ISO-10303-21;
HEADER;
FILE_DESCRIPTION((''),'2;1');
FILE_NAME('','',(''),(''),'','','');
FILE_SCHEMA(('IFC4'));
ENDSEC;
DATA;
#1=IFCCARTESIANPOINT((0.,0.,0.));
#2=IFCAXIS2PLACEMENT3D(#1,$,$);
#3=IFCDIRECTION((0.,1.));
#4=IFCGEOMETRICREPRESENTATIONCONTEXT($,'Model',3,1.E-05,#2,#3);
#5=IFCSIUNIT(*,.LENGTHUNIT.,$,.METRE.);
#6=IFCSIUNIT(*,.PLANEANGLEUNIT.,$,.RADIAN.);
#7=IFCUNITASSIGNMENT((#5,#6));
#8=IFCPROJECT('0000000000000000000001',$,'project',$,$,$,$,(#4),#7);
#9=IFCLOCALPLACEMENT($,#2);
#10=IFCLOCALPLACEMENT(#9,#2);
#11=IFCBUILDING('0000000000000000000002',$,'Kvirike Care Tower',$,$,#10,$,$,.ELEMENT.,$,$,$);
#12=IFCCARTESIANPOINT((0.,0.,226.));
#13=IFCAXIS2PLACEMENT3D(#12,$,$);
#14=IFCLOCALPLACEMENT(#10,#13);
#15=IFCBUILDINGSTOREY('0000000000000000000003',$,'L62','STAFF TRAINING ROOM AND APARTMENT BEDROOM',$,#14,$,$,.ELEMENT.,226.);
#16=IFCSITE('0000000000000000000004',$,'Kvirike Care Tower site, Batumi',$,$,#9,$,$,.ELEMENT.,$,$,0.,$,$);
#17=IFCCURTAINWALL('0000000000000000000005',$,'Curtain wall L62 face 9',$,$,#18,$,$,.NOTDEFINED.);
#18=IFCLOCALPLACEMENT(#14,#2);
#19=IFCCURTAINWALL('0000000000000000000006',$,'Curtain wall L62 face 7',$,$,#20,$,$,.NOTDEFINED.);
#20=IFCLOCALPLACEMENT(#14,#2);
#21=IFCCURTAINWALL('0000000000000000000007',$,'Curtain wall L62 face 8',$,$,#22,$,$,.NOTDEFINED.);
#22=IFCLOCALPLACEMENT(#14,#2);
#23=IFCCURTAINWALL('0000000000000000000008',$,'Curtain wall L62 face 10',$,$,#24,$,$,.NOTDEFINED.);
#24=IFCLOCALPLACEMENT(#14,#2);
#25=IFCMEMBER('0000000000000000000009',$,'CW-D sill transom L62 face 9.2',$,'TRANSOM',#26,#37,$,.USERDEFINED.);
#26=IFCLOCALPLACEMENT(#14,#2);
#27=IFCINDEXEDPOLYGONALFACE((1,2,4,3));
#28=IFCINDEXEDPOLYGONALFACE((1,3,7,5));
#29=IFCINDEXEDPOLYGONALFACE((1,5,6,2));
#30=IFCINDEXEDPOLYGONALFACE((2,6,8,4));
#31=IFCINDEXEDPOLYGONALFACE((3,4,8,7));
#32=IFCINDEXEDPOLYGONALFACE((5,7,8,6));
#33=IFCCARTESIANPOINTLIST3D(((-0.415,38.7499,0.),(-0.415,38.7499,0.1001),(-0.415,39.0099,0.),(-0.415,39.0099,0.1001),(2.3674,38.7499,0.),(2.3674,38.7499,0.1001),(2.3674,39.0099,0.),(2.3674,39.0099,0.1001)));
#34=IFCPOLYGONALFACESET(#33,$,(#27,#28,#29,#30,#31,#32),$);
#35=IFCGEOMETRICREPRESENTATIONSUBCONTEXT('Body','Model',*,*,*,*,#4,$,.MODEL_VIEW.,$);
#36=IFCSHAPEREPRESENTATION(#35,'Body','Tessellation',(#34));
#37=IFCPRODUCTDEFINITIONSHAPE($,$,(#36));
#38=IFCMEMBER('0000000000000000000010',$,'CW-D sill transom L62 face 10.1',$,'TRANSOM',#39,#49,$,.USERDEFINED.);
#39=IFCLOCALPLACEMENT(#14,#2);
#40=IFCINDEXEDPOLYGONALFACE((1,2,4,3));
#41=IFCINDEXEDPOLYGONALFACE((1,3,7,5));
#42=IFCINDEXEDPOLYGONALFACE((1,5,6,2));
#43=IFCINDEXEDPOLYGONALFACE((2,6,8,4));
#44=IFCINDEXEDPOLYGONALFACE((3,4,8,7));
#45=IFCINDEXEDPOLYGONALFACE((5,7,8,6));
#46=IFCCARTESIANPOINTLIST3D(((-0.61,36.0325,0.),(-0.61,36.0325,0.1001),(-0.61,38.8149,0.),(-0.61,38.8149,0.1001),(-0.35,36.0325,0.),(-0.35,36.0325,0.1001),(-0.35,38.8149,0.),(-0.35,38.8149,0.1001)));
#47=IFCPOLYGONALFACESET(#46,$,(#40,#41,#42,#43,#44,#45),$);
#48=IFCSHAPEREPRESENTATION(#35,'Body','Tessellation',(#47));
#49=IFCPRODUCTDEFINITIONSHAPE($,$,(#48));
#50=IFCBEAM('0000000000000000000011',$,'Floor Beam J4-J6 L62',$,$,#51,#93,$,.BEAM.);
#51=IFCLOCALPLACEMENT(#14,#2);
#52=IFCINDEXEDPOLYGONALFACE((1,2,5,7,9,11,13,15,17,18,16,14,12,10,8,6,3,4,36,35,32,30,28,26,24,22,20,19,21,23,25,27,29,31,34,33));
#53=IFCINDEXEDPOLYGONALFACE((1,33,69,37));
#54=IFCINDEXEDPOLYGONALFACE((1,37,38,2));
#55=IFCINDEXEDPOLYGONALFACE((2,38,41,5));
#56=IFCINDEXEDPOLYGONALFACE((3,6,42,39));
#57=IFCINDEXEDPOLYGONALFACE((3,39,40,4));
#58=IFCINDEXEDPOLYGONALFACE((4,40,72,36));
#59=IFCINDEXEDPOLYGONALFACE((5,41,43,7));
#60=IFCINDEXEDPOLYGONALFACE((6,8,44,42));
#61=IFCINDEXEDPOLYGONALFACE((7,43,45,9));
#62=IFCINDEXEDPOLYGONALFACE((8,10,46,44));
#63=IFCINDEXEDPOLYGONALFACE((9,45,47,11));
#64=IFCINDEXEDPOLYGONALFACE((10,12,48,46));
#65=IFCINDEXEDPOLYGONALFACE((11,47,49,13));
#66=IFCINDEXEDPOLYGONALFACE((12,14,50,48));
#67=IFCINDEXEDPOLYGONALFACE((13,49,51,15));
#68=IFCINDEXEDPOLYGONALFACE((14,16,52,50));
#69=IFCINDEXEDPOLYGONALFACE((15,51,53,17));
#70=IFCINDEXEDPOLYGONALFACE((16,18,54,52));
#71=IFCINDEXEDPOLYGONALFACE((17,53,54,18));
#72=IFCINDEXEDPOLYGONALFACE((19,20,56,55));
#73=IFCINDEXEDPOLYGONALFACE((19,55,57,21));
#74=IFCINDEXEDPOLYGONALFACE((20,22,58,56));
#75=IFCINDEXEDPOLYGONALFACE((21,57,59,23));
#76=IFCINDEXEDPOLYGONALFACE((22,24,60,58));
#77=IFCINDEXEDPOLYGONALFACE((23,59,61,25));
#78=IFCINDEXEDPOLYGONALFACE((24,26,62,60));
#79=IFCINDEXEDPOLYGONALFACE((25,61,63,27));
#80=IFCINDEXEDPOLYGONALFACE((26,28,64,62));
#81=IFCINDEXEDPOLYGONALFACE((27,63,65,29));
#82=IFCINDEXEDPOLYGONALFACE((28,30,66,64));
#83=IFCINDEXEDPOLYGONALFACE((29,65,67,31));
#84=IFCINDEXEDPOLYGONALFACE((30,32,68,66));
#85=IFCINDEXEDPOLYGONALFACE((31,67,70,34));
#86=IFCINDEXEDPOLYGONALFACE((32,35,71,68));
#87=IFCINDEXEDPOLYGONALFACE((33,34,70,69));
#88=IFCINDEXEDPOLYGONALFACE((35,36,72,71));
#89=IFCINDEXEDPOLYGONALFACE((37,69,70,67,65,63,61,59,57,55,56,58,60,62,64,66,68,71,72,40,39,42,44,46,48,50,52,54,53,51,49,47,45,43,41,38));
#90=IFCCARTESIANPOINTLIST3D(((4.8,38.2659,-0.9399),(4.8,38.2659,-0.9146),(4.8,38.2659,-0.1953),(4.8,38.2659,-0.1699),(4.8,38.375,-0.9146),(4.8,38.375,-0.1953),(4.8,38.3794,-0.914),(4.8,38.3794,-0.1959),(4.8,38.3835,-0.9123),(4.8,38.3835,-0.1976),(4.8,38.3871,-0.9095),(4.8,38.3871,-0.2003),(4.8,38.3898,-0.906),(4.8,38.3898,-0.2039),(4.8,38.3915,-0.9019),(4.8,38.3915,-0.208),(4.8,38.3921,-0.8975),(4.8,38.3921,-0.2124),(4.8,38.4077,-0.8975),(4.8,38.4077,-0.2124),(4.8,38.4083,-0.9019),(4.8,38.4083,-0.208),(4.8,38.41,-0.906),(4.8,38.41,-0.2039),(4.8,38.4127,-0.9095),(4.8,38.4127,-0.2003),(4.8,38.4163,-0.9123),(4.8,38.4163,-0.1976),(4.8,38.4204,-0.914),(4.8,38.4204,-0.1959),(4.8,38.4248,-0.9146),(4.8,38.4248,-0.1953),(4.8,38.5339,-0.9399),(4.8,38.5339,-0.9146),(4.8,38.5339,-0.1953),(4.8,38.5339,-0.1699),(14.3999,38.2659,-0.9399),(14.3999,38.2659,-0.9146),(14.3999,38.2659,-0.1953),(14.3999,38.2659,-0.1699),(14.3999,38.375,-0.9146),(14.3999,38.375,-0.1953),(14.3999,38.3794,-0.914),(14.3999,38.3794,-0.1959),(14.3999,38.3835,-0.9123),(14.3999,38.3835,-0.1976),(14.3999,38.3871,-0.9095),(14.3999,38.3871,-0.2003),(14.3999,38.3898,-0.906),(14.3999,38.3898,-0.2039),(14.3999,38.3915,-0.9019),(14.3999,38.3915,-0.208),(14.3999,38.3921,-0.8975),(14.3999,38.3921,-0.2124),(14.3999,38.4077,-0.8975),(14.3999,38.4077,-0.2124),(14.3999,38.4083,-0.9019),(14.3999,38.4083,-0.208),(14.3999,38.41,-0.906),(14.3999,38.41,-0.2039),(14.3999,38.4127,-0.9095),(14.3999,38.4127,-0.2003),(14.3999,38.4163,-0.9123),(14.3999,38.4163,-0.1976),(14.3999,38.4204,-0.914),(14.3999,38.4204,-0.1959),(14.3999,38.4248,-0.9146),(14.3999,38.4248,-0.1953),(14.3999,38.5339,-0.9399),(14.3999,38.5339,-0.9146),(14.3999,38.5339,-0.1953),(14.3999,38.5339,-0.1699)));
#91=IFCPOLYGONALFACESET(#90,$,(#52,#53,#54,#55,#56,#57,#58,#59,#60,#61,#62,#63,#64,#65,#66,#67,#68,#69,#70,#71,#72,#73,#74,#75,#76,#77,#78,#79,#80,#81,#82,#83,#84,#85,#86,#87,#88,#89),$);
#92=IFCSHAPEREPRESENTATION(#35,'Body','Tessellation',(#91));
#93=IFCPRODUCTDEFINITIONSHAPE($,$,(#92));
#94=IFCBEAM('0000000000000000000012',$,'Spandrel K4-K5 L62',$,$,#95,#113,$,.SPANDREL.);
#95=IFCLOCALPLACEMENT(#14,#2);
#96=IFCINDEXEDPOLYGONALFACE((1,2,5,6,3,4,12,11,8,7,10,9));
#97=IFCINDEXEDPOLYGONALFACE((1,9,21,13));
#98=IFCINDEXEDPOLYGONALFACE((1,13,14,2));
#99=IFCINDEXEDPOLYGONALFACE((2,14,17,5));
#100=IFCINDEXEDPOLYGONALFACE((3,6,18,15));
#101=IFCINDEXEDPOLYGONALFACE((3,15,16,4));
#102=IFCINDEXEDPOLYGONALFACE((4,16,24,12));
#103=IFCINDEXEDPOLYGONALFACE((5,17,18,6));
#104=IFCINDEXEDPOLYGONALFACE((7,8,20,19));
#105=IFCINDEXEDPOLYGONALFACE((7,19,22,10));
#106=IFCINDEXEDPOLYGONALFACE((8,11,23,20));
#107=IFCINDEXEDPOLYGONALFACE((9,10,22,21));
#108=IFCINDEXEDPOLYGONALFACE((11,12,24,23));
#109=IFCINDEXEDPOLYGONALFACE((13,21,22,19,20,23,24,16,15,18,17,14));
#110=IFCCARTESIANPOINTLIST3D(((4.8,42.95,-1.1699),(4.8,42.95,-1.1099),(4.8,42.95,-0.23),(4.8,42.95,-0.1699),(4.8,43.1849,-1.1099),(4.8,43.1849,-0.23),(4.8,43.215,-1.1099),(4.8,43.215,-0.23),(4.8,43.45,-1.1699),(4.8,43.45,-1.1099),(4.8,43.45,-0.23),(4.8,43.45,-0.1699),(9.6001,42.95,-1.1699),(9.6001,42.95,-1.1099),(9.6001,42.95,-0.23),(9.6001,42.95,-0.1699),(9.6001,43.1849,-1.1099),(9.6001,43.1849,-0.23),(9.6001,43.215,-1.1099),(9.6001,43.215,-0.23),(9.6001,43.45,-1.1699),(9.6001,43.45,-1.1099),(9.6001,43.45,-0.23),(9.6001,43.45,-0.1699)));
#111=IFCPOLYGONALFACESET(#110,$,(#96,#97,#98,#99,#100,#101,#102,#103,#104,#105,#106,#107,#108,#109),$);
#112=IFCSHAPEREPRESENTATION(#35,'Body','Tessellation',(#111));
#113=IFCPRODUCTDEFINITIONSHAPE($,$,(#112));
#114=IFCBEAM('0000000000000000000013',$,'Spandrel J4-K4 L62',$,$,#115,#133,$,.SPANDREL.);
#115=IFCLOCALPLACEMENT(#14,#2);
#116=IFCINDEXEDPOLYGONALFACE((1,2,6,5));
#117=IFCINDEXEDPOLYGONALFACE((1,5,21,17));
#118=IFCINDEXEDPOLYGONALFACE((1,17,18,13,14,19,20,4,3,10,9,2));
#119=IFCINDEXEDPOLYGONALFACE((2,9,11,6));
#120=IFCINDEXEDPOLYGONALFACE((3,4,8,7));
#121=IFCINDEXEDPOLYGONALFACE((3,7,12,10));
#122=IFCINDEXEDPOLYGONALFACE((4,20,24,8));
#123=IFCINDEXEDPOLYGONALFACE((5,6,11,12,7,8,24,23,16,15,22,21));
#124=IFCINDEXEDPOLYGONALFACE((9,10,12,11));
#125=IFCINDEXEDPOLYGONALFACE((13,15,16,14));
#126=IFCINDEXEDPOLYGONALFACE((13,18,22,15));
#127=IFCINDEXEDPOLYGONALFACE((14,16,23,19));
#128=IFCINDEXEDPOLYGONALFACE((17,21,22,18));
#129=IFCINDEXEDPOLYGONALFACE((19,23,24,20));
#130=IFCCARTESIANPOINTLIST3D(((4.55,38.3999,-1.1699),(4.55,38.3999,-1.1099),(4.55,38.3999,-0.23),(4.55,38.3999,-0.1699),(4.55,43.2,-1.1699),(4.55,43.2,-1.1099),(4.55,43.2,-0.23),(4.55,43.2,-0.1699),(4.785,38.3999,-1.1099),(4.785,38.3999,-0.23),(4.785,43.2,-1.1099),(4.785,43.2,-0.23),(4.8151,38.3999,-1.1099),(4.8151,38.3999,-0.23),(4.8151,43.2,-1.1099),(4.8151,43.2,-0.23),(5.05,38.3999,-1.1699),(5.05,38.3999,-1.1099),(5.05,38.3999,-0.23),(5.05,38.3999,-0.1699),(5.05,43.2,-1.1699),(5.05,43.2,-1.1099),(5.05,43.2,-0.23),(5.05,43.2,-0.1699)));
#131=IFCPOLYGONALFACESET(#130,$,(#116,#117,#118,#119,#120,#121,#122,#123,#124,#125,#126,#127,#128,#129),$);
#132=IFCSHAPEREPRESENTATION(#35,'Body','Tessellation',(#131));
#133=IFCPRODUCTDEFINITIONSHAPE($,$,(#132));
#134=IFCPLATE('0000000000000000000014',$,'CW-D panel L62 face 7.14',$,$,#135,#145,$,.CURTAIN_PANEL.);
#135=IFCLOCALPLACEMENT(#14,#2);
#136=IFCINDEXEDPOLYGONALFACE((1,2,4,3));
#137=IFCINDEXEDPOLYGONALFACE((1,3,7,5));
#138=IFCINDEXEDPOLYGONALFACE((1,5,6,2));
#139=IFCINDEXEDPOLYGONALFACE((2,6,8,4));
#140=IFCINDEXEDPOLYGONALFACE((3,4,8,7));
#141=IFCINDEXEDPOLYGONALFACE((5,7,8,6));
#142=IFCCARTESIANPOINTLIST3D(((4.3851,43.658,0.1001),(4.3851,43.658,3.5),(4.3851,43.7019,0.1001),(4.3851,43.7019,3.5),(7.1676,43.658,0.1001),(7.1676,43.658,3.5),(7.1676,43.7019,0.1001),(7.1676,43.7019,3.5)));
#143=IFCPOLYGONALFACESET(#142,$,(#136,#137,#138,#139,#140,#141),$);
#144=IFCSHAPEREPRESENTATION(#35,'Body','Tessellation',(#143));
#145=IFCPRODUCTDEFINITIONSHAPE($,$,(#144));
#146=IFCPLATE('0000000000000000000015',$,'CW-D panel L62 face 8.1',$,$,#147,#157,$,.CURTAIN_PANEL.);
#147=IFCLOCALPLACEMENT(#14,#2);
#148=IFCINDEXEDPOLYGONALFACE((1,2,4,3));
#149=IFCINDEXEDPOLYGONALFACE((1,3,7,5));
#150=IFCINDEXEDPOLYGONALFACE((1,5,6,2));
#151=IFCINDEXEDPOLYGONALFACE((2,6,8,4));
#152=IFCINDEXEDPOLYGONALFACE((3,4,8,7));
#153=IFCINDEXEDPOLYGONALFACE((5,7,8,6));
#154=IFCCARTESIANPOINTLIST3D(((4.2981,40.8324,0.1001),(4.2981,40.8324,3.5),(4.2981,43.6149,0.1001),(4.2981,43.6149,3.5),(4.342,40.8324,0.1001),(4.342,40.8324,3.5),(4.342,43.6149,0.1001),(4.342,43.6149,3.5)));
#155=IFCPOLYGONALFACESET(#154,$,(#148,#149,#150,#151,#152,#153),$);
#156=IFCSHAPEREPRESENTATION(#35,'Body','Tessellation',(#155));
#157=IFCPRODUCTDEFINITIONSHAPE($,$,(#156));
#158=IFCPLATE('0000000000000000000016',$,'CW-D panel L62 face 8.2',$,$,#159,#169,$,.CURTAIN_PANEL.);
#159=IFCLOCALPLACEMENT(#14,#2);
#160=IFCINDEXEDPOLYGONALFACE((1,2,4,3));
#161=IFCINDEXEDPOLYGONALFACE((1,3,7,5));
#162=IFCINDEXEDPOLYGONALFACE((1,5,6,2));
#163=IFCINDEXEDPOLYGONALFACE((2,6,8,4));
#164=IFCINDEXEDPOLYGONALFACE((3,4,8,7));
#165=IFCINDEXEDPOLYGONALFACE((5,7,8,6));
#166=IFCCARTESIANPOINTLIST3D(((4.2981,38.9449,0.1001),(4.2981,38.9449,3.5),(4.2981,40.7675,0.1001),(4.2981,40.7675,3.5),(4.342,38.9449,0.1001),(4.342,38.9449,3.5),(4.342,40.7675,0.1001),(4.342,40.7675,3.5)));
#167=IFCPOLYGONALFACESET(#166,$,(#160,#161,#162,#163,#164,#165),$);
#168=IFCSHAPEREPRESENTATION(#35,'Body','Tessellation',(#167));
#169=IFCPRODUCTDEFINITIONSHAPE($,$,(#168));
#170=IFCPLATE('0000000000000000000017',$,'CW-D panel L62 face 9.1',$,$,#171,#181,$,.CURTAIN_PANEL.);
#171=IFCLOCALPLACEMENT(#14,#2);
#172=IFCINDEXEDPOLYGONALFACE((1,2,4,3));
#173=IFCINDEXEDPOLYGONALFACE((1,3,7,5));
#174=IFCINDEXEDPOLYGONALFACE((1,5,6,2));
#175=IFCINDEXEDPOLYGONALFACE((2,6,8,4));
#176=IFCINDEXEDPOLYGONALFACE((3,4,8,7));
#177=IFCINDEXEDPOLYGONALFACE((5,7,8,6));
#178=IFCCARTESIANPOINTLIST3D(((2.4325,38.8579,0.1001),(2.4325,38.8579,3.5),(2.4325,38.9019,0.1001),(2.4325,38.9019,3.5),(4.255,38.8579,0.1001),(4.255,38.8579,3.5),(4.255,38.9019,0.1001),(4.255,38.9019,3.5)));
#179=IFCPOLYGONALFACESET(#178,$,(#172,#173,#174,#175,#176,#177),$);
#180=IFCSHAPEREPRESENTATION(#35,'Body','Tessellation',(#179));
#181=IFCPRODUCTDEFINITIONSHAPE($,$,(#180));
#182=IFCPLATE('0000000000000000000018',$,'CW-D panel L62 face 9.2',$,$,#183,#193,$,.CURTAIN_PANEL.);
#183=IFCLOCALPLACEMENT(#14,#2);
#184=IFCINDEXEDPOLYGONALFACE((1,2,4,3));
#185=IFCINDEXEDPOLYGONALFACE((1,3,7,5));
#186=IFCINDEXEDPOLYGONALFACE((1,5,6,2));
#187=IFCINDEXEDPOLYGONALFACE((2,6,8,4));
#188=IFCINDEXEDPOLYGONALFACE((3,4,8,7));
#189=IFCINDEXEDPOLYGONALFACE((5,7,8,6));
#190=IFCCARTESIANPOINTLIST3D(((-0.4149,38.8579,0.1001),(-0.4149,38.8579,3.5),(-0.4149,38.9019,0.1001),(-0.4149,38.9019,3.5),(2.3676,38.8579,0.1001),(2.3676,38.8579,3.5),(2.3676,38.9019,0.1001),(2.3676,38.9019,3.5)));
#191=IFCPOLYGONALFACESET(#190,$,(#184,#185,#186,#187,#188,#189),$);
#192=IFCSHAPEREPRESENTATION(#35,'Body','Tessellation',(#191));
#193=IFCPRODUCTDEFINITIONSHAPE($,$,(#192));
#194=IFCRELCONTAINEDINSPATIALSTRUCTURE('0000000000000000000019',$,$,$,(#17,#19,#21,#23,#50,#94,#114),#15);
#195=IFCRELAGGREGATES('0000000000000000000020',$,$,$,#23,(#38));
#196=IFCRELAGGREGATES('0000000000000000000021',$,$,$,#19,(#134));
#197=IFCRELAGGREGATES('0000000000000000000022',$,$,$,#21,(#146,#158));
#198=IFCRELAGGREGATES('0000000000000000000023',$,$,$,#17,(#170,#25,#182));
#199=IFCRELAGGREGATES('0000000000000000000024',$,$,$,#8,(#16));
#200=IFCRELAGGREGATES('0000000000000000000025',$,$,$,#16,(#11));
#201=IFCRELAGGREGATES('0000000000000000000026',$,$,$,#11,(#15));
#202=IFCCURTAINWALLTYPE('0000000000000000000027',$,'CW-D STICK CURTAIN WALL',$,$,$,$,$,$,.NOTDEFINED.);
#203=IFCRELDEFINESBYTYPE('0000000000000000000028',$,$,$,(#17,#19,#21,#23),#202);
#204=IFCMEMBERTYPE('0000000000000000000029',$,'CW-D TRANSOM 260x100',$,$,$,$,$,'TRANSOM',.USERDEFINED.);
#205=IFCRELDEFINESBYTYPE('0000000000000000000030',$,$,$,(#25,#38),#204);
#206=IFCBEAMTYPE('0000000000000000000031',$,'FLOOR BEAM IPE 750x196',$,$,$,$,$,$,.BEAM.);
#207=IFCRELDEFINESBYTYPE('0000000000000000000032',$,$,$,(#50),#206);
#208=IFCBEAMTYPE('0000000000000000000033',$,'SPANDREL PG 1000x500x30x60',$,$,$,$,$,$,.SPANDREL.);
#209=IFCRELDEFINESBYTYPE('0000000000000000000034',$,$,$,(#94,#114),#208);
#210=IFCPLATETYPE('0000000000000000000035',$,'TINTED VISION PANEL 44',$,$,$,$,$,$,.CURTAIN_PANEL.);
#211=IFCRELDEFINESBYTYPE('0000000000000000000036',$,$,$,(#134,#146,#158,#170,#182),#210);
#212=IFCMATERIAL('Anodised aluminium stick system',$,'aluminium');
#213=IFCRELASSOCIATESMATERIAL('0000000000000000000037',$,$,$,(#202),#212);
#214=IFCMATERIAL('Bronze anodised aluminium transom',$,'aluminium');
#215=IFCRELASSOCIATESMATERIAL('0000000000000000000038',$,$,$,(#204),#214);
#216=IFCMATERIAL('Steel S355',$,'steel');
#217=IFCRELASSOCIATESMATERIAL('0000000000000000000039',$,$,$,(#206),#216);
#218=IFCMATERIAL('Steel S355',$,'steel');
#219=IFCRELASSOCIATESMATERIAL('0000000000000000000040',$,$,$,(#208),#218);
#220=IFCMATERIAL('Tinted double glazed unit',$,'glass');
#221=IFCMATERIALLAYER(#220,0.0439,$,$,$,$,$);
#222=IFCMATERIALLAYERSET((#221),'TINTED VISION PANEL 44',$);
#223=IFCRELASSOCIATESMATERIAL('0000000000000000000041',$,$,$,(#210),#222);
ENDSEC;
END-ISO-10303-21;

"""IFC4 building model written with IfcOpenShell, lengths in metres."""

from ifc_helpers import new_model, si_unit, direction, frame, origin, origin_2d, place, context, subcontext, project, spatial, rectangle, i_section, extrude, material, layer, layer_set, material_profile, profile_set, type_object, element, aggregate, save


model = new_model("IFC4")

# Units and contexts
model_context = context("Model", 3, precision=1e-05, world=origin(), true_north=direction((0.0, 1.0)))
body_context = subcontext(model_context, "Body", "Model", "MODEL_VIEW")
ifc_project = project(units=[si_unit("LENGTHUNIT", "METRE"), si_unit("PLANEANGLEUNIT", "RADIAN")], contexts=[model_context])

# Site, building, storey
site_placement = place(None, origin())
site = spatial("IfcSite", under=ifc_project, at=site_placement, Name="Kvirike Care Tower site, Batumi", CompositionType="ELEMENT", RefElevation=0.0)
building_placement = place(site_placement, origin())
building = spatial("IfcBuilding", under=site, at=building_placement, Name="Kvirike Care Tower", CompositionType="ELEMENT")
storey_placement = place(building_placement, frame((0.0, 0.0, 226.0)))
storey = spatial("IfcBuildingStorey", under=building, at=storey_placement, Name="L62", Description="STAFF TRAINING ROOM AND APARTMENT BEDROOM", CompositionType="ELEMENT", Elevation=226.0)

# Curtain walls
ifc_material_1 = material(Name="Anodised aluminium stick system", Category="aluminium")
curtain_wall_type = type_object("IfcCurtainWallType", Name="CW-D STICK CURTAIN WALL", PredefinedType="NOTDEFINED", material=ifc_material_1)
curtain_wall_1_placement = place(storey_placement, origin())
curtain_wall_1 = element("IfcCurtainWall", 1, at=curtain_wall_1_placement, inside=storey, type_object=curtain_wall_type, Name="Curtain wall L62 face 9", PredefinedType="NOTDEFINED")
curtain_wall_2_placement = place(storey_placement, origin())
curtain_wall_2 = element("IfcCurtainWall", 2, at=curtain_wall_2_placement, inside=storey, type_object=curtain_wall_type, Name="Curtain wall L62 face 7", PredefinedType="NOTDEFINED")

# Curtain wall
curtain_wall_3_placement = place(storey_placement, origin())
curtain_wall_3 = element("IfcCurtainWall", 3, at=curtain_wall_3_placement, inside=storey, type_object=curtain_wall_type, Name="Curtain wall L62 face 8", PredefinedType="NOTDEFINED")

# Curtain wall
curtain_wall_4_placement = place(storey_placement, origin())
curtain_wall_4 = element("IfcCurtainWall", 4, at=curtain_wall_4_placement, inside=storey, type_object=curtain_wall_type, Name="Curtain wall L62 face 10", PredefinedType="NOTDEFINED")

# Members
ifc_material_2 = material(Name="Bronze anodised aluminium transom", Category="aluminium")
ifc_material_profile_1 = material_profile(ifc_material_2, rectangle(XDim=0.26, YDim=0.1001, at=origin_2d()), Name="CW-D TRANSOM 260x100")
ifc_profile_set_1 = profile_set([ifc_material_profile_1], Name="Bronze anodised aluminium transom")
member_type_1 = type_object("IfcMemberType", Name="CW-D TRANSOM 260x100", ElementType="TRANSOM", PredefinedType="USERDEFINED", material=ifc_profile_set_1)
member_1_placement = place(storey_placement, frame((2.3674, 38.8799, 0.05), z_axis=(-1.0, 0.0, 0.0), x_axis=(0.0, -1.0, 0.0)))
member_1 = element("IfcMember", 5, at=member_1_placement, type_object=member_type_1, Name="CW-D sill transom L62 face 9.2", ObjectType="TRANSOM", PredefinedType="USERDEFINED", context=body_context, shape_type="SweptSolid", body=[
    extrude(rectangle(XDim=0.26, YDim=0.1001, at=origin_2d()), origin(), (0.0, 0.0, 1.0), 2.7825),
])
member_2_placement = place(storey_placement, frame((-0.48, 38.8149, 0.05), z_axis=(0.0, -1.0, 0.0), x_axis=(1.0, 0.0, 0.0)))
member_2 = element("IfcMember", 6, at=member_2_placement, type_object=member_type_1, Name="CW-D sill transom L62 face 10.1", ObjectType="TRANSOM", PredefinedType="USERDEFINED", context=body_context, shape_type="SweptSolid", body=[
    extrude(rectangle(XDim=0.26, YDim=0.1001, at=origin_2d()), origin(), (0.0, 0.0, 1.0), 2.7825),
])
aggregate(curtain_wall_4, [member_2])

# Beams
ifc_material_3 = material(Name="Steel S355", Category="steel")
ifc_material_profile_2 = material_profile(ifc_material_3, i_section(OverallWidth=0.2681, OverallDepth=0.77, WebThickness=0.0156, FlangeThickness=0.0254, FilletRadius=0.0171, at=origin_2d()), Name="IPE 750x196")
ifc_profile_set_2 = profile_set([ifc_material_profile_2], Name="Steel S355")
beam_type_1 = type_object("IfcBeamType", Name="FLOOR BEAM IPE 750x196", PredefinedType="BEAM", material=ifc_profile_set_2)
beam_placement = place(storey_placement, frame((4.8, 38.3999, -0.5549), z_axis=(1.0, 0.0, 0.0), x_axis=(0.0, 1.0, 0.0)))
element("IfcBeam", 7, at=beam_placement, inside=storey, type_object=beam_type_1, Name="Floor Beam J4-J6 L62", PredefinedType="BEAM", context=body_context, shape_type="SweptSolid", body=[
    extrude(i_section(OverallWidth=0.2681, OverallDepth=0.77, WebThickness=0.0156, FlangeThickness=0.0254, FilletRadius=0.0171, at=origin_2d()), origin(), (0.0, 0.0, 1.0), 9.5999),
])
ifc_material_4 = material(Name="Steel S355", Category="steel")
ifc_material_profile_3 = material_profile(ifc_material_4, i_section(OverallWidth=0.5, OverallDepth=1.0, WebThickness=0.03, FlangeThickness=0.0601, at=origin_2d()), Name="PG 1000x500x30x60")
ifc_profile_set_3 = profile_set([ifc_material_profile_3], Name="Steel S355")
beam_type_2 = type_object("IfcBeamType", Name="SPANDREL PG 1000x500x30x60", PredefinedType="SPANDREL", material=ifc_profile_set_3)
for number, where, z_axis, x_axis, name in (
    (8, (4.8, 43.2, -0.6699), (1.0, 0.0, 0.0), (0.0, 1.0, 0.0), "Spandrel K4-K5 L62"),
    (9, (4.8, 38.3999, -0.6699), (0.0, 1.0, 0.0), (-1.0, 0.0, 0.0), "Spandrel J4-K4 L62"),
):
    element("IfcBeam", number, at=place(storey_placement, frame(where, z_axis=z_axis, x_axis=x_axis)), inside=storey, type_object=beam_type_2, Name=name, PredefinedType="SPANDREL", context=body_context, shape_type="SweptSolid", body=[
        extrude(i_section(OverallWidth=0.5, OverallDepth=1.0, WebThickness=0.03, FlangeThickness=0.0601, at=origin_2d()), origin(), (0.0, 0.0, 1.0), 4.8),
    ])

# Plates
ifc_material_5 = material(Name="Tinted double glazed unit", Category="glass")
ifc_layer_1 = layer(ifc_material_5, 0.0439)
ifc_layer_set_1 = layer_set([ifc_layer_1], Name="TINTED VISION PANEL 44")
plate_type = type_object("IfcPlateType", Name="TINTED VISION PANEL 44", PredefinedType="CURTAIN_PANEL", material=ifc_layer_set_1)
plate_1_placement = place(storey_placement, frame((5.7764, 43.6799, 0.1001), z_axis=(0.0, 0.0, 1.0), x_axis=(-1.0, 0.0, 0.0)))
plate_1 = element("IfcPlate", 10, at=plate_1_placement, type_object=plate_type, Name="CW-D panel L62 face 7.14", PredefinedType="CURTAIN_PANEL", context=body_context, shape_type="SweptSolid", body=[
    extrude(rectangle(XDim=2.7825, YDim=0.0439, at=origin_2d()), origin(), (0.0, 0.0, 1.0), 3.3999),
])
aggregate(curtain_wall_2, [plate_1])
plate_2_placement = place(storey_placement, frame((4.3201, 42.2236, 0.1001), z_axis=(0.0, 0.0, 1.0), x_axis=(0.0, -1.0, 0.0)))
plate_2 = element("IfcPlate", 11, at=plate_2_placement, type_object=plate_type, Name="CW-D panel L62 face 8.1", PredefinedType="CURTAIN_PANEL", context=body_context, shape_type="SweptSolid", body=[
    extrude(rectangle(XDim=2.7825, YDim=0.0439, at=origin_2d()), origin(), (0.0, 0.0, 1.0), 3.3999),
])
plate_3_placement = place(storey_placement, frame((4.3201, 39.8562, 0.1001), z_axis=(0.0, 0.0, 1.0), x_axis=(0.0, -1.0, 0.0)))
plate_3 = element("IfcPlate", 12, at=plate_3_placement, type_object=plate_type, Name="CW-D panel L62 face 8.2", PredefinedType="CURTAIN_PANEL", context=body_context, shape_type="SweptSolid", body=[
    extrude(rectangle(XDim=1.8225, YDim=0.0439, at=origin_2d()), origin(), (0.0, 0.0, 1.0), 3.3999),
])
aggregate(curtain_wall_3, [plate_2, plate_3])
plate_4_placement = place(storey_placement, frame((3.3438, 38.8799, 0.1001), z_axis=(0.0, 0.0, 1.0), x_axis=(-1.0, 0.0, 0.0)))
plate_4 = element("IfcPlate", 13, at=plate_4_placement, type_object=plate_type, Name="CW-D panel L62 face 9.1", PredefinedType="CURTAIN_PANEL", context=body_context, shape_type="SweptSolid", body=[
    extrude(rectangle(XDim=1.8225, YDim=0.0439, at=origin_2d()), origin(), (0.0, 0.0, 1.0), 3.3999),
])
plate_5_placement = place(storey_placement, frame((0.9763, 38.8799, 0.1001), z_axis=(0.0, 0.0, 1.0), x_axis=(-1.0, 0.0, 0.0)))
plate_5 = element("IfcPlate", 14, at=plate_5_placement, type_object=plate_type, Name="CW-D panel L62 face 9.2", PredefinedType="CURTAIN_PANEL", context=body_context, shape_type="SweptSolid", body=[
    extrude(rectangle(XDim=2.7825, YDim=0.0439, at=origin_2d()), origin(), (0.0, 0.0, 1.0), 3.3999),
])
aggregate(curtain_wall_1, [plate_4, member_1, plate_5])

save(model, "model.ifc")
